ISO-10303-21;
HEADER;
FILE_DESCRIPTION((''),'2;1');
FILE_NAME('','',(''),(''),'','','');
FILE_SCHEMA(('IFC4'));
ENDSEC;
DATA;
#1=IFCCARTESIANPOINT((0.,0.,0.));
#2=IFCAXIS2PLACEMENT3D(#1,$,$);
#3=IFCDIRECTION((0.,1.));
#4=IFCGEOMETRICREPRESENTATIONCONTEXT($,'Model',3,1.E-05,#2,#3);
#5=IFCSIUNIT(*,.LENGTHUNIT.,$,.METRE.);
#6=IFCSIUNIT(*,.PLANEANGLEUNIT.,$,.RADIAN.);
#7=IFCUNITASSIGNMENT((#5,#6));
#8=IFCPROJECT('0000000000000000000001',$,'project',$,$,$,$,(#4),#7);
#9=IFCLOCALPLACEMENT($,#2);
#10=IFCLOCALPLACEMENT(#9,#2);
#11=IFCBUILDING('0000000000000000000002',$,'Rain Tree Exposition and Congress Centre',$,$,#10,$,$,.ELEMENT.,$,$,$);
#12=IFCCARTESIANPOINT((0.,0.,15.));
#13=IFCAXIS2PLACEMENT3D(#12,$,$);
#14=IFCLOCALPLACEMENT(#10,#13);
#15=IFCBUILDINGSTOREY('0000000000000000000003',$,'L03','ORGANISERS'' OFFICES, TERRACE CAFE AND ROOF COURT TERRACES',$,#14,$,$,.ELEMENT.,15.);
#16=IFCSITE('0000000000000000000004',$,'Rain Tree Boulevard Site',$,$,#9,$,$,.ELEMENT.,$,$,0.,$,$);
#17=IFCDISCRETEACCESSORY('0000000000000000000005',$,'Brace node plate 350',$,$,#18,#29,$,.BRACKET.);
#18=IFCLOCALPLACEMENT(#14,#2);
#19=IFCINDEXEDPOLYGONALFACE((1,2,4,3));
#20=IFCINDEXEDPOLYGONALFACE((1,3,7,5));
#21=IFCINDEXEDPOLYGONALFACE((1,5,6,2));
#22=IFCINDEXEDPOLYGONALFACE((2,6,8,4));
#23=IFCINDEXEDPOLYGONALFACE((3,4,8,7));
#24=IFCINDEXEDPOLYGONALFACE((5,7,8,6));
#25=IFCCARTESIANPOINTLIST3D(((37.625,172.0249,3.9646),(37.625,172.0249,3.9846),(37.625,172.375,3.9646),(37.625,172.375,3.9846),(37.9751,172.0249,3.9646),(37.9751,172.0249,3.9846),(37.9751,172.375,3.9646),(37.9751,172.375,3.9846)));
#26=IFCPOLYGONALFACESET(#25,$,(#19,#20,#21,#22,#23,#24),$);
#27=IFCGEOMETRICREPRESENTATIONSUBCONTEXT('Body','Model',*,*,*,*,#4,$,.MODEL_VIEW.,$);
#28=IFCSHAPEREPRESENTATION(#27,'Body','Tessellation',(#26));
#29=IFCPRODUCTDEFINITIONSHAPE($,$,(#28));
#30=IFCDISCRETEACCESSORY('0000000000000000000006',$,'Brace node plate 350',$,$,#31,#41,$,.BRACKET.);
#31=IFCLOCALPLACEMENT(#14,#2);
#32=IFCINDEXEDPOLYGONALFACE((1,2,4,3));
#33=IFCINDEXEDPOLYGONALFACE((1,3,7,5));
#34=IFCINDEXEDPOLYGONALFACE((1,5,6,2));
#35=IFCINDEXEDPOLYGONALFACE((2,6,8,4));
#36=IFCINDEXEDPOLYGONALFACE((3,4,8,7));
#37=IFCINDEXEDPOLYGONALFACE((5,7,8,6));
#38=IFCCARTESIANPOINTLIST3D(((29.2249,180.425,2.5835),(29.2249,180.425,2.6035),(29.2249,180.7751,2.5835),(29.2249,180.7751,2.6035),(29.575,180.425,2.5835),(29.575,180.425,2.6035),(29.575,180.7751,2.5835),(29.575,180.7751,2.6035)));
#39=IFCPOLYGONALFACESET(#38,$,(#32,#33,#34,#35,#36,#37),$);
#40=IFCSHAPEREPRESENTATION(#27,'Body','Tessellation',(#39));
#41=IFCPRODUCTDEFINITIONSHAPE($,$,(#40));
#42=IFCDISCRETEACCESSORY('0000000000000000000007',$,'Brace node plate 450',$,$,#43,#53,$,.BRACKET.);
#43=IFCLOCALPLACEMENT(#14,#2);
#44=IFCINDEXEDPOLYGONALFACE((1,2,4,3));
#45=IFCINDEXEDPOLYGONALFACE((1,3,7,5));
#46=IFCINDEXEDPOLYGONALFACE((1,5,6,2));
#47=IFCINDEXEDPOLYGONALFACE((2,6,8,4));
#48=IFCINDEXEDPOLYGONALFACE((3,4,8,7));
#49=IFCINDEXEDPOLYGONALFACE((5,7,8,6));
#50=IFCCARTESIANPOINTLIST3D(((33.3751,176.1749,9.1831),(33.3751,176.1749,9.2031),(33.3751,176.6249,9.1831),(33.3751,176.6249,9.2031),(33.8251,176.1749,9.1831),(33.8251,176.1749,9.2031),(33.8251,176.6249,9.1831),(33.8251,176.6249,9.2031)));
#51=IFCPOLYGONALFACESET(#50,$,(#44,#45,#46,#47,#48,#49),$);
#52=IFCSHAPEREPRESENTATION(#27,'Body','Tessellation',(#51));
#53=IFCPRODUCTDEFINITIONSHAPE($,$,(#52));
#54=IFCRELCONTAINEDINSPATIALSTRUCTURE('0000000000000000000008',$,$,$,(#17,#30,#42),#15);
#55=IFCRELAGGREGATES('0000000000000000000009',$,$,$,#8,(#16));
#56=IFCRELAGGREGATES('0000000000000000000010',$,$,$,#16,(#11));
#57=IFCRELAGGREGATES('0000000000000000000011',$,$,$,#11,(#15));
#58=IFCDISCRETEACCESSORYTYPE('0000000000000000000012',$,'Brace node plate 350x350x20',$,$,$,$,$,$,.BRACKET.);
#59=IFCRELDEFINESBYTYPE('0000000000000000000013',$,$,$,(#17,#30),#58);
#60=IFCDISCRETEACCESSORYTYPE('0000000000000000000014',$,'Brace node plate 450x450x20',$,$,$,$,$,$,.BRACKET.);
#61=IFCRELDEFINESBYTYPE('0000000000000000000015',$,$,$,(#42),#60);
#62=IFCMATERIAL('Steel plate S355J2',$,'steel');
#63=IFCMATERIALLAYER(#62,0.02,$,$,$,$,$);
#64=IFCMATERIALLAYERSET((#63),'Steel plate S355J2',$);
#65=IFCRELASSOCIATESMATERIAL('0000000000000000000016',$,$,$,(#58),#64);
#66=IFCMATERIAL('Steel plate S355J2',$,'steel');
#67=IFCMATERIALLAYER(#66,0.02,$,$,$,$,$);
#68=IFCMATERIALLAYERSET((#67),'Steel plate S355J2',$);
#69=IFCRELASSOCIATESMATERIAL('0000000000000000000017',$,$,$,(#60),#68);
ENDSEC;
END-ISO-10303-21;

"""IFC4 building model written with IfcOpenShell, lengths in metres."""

from ifc_helpers import new_model, si_unit, direction, frame, origin, origin_2d, place, context, subcontext, project, spatial, rectangle, extrude, material, layer, layer_set, type_object, element, save


model = new_model("IFC4")

# Units and contexts
model_context = context("Model", 3, precision=1e-05, world=origin(), true_north=direction((0.0, 1.0)))
body_context = subcontext(model_context, "Body", "Model", "MODEL_VIEW")
ifc_project = project(units=[si_unit("LENGTHUNIT", "METRE"), si_unit("PLANEANGLEUNIT", "RADIAN")], contexts=[model_context])

# Site, building, storey
site_placement = place(None, origin())
site = spatial("IfcSite", under=ifc_project, at=site_placement, Name="Rain Tree Boulevard Site", CompositionType="ELEMENT", RefElevation=0.0)
building_placement = place(site_placement, origin())
building = spatial("IfcBuilding", under=site, at=building_placement, Name="Rain Tree Exposition and Congress Centre", CompositionType="ELEMENT")
storey_placement = place(building_placement, frame((0.0, 0.0, 15.0)))
storey = spatial("IfcBuildingStorey", under=building, at=storey_placement, Name="L03", Description="ORGANISERS' OFFICES, TERRACE CAFE AND ROOF COURT TERRACES", CompositionType="ELEMENT", Elevation=15.0)

# Discrete accessories
ifc_material_1 = material(Name="Steel plate S355J2", Category="steel")
ifc_layer_1 = layer(ifc_material_1, 0.02)
ifc_layer_set_1 = layer_set([ifc_layer_1], Name="Steel plate S355J2")
discrete_accessory_type_1 = type_object("IfcDiscreteAccessoryType", Name="Brace node plate 350x350x20", PredefinedType="BRACKET", material=ifc_layer_set_1)
for number, where, z_axis, x_axis, name in (
    (1, (37.8, 172.2, 3.9646), (0.0, 0.0, 1.0), (1.0, 0.0, 0.0), "Brace node plate 350"),
    (2, (29.3999, 180.6001, 2.5835), (0.0, 0.0, 1.0), (1.0, 0.0, 0.0), "Brace node plate 350"),
):
    element("IfcDiscreteAccessory", number, at=place(storey_placement, frame(where, z_axis=z_axis, x_axis=x_axis)), inside=storey, type_object=discrete_accessory_type_1, Name=name, PredefinedType="BRACKET", context=body_context, shape_type="SweptSolid", body=[
        extrude(rectangle(XDim=0.3501, YDim=0.3501, at=origin_2d()), origin(), (0.0, 0.0, 1.0), 0.02),
    ])
ifc_material_2 = material(Name="Steel plate S355J2", Category="steel")
ifc_layer_2 = layer(ifc_material_2, 0.02)
ifc_layer_set_2 = layer_set([ifc_layer_2], Name="Steel plate S355J2")
discrete_accessory_type_2 = type_object("IfcDiscreteAccessoryType", Name="Brace node plate 450x450x20", PredefinedType="BRACKET", material=ifc_layer_set_2)
discrete_accessory_placement = place(storey_placement, frame((33.6001, 176.3999, 9.1831), z_axis=(0.0, 0.0, 1.0), x_axis=(1.0, 0.0, 0.0)))
element("IfcDiscreteAccessory", 3, at=discrete_accessory_placement, inside=storey, type_object=discrete_accessory_type_2, Name="Brace node plate 450", PredefinedType="BRACKET", context=body_context, shape_type="SweptSolid", body=[
    extrude(rectangle(XDim=0.45, YDim=0.45, at=origin_2d()), origin(), (0.0, 0.0, 1.0), 0.02),
])

save(model, "model.ifc")
